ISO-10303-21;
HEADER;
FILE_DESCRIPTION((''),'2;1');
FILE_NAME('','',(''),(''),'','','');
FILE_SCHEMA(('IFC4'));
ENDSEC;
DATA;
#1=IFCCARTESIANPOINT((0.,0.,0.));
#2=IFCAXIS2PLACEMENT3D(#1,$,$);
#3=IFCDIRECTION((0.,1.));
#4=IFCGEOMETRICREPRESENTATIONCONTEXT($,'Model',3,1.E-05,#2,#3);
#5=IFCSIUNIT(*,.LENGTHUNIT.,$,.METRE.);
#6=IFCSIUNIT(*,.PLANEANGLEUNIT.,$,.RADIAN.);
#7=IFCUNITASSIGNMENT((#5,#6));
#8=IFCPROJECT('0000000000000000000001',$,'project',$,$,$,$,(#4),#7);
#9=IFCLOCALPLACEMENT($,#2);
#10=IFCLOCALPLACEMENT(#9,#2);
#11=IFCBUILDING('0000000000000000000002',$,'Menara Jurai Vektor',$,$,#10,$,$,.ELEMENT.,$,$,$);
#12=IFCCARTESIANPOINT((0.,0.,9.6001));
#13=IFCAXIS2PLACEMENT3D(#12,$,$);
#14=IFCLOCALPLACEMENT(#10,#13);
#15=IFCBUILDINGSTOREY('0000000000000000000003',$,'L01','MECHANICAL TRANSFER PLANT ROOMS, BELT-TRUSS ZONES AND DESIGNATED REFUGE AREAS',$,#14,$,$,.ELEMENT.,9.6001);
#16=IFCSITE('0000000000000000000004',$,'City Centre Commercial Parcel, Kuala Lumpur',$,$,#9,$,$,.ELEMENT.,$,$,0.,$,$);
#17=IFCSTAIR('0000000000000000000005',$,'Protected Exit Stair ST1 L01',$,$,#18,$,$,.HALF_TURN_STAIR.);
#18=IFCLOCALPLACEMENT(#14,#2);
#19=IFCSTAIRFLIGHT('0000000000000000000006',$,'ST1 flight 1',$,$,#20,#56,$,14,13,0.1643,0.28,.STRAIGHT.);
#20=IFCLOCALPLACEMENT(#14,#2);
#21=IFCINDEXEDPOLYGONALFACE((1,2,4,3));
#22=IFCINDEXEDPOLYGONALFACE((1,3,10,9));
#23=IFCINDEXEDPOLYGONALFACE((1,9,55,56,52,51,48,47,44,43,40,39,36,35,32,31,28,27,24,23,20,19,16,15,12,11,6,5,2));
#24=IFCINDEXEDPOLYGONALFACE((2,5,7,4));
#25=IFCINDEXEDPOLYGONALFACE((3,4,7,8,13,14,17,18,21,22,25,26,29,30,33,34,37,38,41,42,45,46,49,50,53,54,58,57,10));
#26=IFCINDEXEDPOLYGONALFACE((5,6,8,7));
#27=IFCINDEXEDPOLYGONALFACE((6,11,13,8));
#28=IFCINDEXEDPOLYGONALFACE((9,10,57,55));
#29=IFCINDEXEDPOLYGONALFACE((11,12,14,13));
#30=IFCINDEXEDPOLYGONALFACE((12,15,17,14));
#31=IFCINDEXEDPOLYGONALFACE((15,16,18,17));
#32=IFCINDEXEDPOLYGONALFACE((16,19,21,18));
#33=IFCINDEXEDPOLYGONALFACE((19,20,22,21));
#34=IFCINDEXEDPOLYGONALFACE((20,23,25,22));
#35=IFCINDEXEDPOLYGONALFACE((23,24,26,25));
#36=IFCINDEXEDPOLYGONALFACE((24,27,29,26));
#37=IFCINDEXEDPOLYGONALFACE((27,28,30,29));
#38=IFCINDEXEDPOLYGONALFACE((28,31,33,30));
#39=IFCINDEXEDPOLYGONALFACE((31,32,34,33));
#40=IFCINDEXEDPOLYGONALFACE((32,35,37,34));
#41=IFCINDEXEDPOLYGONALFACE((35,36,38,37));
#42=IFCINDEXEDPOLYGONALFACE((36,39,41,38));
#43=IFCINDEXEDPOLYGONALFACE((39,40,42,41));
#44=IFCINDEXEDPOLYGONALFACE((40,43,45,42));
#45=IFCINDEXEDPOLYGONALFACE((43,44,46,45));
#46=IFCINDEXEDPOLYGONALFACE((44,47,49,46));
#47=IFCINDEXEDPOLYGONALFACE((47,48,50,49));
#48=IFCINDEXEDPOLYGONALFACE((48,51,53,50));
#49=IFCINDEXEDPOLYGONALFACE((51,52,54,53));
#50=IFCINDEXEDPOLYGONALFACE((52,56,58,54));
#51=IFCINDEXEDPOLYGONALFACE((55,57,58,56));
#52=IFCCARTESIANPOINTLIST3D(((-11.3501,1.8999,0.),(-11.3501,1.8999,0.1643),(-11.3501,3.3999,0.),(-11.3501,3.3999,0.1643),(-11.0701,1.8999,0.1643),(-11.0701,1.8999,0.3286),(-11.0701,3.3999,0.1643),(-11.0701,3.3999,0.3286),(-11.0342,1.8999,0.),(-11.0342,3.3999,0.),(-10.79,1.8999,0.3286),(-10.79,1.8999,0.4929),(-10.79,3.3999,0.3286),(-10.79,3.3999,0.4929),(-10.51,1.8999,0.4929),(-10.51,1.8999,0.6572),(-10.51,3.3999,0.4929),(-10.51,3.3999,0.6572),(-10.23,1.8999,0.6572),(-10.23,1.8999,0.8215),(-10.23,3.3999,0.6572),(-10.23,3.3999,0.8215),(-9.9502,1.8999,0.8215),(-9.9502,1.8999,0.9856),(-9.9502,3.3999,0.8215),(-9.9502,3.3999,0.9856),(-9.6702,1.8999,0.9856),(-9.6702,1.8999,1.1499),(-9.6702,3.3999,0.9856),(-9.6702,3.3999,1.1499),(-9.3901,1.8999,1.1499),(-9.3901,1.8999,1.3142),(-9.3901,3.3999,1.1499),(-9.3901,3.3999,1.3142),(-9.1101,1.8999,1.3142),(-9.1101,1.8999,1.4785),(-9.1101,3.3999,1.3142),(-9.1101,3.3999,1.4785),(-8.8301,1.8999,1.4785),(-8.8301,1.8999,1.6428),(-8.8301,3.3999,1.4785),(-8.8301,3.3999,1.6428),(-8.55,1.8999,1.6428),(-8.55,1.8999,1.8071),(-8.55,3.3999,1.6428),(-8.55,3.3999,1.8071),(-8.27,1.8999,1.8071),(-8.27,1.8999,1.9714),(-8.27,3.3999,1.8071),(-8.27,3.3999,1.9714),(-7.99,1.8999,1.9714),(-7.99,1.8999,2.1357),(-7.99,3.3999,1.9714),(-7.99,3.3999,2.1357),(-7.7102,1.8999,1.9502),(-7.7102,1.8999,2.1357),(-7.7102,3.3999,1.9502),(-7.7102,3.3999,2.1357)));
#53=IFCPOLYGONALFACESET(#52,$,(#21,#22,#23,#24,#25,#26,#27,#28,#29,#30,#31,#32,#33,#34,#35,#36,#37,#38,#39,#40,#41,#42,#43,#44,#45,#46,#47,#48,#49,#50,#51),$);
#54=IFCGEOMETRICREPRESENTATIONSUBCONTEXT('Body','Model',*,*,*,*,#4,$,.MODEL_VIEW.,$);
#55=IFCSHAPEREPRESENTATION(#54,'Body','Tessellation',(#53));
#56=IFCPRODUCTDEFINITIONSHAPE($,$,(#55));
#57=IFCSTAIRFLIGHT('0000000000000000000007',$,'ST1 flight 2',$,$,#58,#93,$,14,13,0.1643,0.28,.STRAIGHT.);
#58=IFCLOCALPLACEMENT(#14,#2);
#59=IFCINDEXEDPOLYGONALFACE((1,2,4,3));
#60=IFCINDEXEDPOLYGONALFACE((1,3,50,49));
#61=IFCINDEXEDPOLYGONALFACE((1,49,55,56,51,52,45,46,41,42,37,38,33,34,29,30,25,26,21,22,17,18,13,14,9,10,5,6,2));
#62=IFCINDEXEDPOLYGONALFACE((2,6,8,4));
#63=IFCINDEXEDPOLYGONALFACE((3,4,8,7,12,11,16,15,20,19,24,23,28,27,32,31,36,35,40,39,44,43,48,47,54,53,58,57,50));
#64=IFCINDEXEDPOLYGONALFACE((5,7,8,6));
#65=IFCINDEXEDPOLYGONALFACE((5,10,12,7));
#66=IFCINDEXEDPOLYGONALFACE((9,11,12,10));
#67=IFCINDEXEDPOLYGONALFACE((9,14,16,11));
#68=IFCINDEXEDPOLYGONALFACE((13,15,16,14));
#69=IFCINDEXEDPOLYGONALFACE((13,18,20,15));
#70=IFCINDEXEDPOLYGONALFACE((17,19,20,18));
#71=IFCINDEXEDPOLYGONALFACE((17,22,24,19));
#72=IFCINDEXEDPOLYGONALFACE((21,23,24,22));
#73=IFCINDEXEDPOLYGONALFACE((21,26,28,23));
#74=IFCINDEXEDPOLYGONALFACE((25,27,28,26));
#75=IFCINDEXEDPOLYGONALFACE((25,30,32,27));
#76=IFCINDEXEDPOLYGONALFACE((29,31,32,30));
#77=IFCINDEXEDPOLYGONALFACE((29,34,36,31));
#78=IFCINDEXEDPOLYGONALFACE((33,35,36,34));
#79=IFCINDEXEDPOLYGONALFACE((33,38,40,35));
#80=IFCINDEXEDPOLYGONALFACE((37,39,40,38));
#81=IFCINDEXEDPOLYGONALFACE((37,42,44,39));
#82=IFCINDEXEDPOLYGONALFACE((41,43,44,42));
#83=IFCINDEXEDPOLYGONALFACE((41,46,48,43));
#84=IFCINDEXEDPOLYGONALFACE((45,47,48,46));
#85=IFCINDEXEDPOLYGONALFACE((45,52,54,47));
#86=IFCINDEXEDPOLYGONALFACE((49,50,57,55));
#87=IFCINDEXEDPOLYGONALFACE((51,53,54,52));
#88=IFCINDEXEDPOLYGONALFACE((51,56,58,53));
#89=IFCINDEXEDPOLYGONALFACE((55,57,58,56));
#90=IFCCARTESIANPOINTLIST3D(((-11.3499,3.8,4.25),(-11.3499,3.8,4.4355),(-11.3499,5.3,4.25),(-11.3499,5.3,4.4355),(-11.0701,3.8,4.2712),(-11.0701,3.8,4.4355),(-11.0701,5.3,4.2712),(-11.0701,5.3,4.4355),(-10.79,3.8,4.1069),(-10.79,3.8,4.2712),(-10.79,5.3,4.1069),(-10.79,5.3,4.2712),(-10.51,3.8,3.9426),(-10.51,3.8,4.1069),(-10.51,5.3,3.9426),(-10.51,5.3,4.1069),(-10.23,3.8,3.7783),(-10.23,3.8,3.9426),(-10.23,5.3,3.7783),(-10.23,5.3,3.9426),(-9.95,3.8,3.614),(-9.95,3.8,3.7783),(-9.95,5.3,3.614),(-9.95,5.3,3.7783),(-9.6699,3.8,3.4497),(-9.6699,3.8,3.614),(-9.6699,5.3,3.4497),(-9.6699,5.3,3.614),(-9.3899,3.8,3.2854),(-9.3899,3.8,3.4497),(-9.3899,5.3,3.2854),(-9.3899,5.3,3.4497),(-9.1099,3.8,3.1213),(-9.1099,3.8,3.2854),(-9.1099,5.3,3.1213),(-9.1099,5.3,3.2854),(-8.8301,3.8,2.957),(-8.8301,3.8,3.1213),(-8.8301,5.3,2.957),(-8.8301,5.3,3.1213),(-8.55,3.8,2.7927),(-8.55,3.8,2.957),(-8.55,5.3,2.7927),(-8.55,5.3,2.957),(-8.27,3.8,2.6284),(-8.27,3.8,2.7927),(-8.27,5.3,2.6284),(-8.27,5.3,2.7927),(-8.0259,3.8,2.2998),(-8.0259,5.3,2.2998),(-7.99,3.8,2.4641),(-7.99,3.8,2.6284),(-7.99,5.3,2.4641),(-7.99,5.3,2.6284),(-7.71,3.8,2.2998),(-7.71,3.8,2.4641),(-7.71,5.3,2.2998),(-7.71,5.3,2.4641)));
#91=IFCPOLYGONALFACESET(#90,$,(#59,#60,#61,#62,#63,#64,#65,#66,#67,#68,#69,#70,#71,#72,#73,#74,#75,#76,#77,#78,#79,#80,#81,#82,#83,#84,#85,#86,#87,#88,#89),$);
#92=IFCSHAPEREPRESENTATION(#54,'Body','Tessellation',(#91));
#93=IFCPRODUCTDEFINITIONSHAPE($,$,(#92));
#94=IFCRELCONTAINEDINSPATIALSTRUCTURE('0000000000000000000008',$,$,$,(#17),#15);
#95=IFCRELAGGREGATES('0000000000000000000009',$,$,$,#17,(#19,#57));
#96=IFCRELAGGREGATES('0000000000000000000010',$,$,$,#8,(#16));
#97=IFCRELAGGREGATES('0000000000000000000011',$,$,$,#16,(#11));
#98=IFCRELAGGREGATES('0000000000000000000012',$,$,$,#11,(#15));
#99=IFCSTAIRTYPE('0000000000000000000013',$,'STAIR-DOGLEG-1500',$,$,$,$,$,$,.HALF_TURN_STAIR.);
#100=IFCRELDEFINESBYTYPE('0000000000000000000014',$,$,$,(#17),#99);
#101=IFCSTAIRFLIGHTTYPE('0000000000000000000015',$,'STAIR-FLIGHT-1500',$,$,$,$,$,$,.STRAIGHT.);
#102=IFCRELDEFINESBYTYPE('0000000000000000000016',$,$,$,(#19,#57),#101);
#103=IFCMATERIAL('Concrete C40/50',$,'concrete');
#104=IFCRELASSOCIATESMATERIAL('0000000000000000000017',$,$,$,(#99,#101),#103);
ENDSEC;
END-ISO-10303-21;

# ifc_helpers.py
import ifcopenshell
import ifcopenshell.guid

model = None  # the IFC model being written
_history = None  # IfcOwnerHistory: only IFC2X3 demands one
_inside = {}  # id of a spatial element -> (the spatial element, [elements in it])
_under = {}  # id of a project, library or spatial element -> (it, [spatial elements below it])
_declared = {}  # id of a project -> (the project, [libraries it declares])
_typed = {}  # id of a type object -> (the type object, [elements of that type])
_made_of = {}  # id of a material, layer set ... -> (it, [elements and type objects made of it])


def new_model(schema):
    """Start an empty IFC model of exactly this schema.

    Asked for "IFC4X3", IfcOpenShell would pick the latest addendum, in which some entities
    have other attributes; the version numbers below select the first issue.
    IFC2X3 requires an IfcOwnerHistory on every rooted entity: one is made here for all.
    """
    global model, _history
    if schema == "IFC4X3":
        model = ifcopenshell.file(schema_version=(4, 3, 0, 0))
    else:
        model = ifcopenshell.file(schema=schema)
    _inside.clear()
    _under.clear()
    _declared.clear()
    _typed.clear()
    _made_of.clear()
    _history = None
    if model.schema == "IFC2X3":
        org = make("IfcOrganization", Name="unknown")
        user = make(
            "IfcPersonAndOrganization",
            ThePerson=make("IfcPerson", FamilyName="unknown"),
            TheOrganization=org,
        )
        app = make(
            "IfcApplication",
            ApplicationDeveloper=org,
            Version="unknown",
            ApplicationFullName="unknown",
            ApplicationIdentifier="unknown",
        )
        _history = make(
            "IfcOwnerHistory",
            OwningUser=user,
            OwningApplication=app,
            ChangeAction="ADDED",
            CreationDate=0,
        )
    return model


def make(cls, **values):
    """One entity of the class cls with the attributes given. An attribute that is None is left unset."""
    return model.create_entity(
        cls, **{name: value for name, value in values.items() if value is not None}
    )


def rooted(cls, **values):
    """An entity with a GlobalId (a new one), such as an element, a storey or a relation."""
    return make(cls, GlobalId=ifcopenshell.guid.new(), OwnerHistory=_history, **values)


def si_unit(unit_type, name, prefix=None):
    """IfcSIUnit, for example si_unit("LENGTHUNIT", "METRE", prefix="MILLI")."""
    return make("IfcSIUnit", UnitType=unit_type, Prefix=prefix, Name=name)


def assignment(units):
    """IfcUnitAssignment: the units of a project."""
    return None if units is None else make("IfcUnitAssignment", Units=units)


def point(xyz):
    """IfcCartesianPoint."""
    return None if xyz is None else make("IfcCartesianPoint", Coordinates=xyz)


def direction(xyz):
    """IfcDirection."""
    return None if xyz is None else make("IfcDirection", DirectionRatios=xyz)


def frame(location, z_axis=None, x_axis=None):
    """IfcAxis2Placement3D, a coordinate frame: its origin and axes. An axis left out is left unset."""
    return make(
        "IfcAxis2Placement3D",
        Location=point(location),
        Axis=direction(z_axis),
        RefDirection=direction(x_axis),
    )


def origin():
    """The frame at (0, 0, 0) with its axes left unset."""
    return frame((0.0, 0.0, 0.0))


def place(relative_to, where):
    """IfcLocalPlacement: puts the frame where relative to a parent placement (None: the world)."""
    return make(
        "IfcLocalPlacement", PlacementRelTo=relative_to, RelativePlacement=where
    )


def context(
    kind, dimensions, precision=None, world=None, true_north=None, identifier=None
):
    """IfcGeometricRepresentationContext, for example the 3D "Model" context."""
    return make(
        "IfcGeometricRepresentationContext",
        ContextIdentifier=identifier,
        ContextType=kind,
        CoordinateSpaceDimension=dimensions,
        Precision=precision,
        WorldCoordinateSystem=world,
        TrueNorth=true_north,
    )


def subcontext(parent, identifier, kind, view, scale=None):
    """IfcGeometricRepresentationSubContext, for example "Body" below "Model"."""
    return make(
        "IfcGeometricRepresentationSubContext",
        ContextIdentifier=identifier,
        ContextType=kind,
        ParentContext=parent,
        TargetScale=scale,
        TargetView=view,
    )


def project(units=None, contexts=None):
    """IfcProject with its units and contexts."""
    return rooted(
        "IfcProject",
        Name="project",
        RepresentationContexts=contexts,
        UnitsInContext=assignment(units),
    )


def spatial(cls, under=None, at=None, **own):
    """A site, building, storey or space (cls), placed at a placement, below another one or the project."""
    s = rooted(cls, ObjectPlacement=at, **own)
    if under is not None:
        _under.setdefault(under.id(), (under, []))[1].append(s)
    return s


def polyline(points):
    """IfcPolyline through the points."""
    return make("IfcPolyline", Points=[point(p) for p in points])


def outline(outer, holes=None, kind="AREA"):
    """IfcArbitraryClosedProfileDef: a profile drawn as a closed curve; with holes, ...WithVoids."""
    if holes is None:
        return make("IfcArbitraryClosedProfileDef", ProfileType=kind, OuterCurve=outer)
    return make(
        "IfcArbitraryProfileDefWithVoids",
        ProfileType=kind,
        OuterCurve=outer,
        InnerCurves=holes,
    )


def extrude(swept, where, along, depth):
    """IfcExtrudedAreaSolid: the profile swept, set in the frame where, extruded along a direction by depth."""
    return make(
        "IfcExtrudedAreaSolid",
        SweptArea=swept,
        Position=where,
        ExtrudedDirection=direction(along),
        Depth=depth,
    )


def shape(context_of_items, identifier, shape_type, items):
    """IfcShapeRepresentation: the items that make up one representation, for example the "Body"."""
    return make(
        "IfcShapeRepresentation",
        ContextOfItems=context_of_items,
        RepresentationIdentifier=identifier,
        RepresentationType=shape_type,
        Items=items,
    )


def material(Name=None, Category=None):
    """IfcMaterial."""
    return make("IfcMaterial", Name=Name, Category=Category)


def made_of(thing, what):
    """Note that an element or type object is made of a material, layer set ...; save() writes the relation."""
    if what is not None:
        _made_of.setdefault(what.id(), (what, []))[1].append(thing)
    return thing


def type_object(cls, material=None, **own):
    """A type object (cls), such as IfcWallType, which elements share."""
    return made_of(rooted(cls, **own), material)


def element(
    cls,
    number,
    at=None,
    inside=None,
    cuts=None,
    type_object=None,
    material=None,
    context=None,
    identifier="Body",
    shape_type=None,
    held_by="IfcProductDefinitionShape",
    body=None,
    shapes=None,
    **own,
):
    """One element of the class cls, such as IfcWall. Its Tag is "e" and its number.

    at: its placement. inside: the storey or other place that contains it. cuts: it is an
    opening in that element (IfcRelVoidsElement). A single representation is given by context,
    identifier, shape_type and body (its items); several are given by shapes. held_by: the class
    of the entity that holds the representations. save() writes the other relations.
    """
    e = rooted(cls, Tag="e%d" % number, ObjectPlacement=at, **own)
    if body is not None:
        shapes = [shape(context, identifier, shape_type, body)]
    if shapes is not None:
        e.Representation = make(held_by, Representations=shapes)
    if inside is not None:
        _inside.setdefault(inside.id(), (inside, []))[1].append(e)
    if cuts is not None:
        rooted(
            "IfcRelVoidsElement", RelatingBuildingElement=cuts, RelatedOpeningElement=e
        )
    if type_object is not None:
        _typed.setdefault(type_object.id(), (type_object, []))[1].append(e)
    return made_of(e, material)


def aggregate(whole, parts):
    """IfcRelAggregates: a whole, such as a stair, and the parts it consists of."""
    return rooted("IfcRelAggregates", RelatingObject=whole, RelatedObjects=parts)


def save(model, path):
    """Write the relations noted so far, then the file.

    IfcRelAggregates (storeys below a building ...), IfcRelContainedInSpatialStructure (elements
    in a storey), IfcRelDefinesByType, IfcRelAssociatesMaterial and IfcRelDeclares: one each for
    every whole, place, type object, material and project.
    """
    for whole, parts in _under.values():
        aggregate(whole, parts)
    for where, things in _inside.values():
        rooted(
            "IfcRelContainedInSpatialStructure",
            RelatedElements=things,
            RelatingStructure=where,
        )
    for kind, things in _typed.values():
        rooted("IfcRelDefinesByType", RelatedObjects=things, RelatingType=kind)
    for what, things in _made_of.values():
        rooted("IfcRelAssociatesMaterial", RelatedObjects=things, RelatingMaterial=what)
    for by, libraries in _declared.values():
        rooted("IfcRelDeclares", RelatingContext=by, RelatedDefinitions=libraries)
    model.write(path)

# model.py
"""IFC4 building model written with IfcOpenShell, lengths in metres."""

from ifc_helpers import new_model, si_unit, direction, frame, origin, place, context, subcontext, project, spatial, polyline, outline, extrude, material, type_object, element, aggregate, save


model = new_model("IFC4")

# Units and contexts
model_context = context("Model", 3, precision=1e-05, world=origin(), true_north=direction((0.0, 1.0)))
body_context = subcontext(model_context, "Body", "Model", "MODEL_VIEW")
ifc_project = project(units=[si_unit("LENGTHUNIT", "METRE"), si_unit("PLANEANGLEUNIT", "RADIAN")], contexts=[model_context])

# Site, building, storey
site_placement = place(None, origin())
site = spatial("IfcSite", under=ifc_project, at=site_placement, Name="City Centre Commercial Parcel, Kuala Lumpur", CompositionType="ELEMENT", RefElevation=0.0)
building_placement = place(site_placement, origin())
building = spatial("IfcBuilding", under=site, at=building_placement, Name="Menara Jurai Vektor", CompositionType="ELEMENT")
storey_placement = place(building_placement, frame((0.0, 0.0, 9.6001)))
storey = spatial("IfcBuildingStorey", under=building, at=storey_placement, Name="L01", Description="MECHANICAL TRANSFER PLANT ROOMS, BELT-TRUSS ZONES AND DESIGNATED REFUGE AREAS", CompositionType="ELEMENT", Elevation=9.6001)

# Shared definitions
ifc_material_1 = material(Name="Concrete C40/50", Category="concrete")

# Stair, stair flights
stair_type = type_object("IfcStairType", Name="STAIR-DOGLEG-1500", PredefinedType="HALF_TURN_STAIR", material=ifc_material_1)
stair_placement = place(storey_placement, origin())
stair = element("IfcStair", 1, at=stair_placement, inside=storey, type_object=stair_type, Name="Protected Exit Stair ST1 L01", PredefinedType="HALF_TURN_STAIR")
stair_flight_type = type_object("IfcStairFlightType", Name="STAIR-FLIGHT-1500", PredefinedType="STRAIGHT", material=ifc_material_1)
stair_flight_1_placement = place(storey_placement, frame((-11.3501, 2.6499, 0.0), z_axis=(0.0, 0.0, 1.0), x_axis=(1.0, 0.0, 0.0)))
stair_flight_1 = element("IfcStairFlight", 2, at=stair_flight_1_placement, type_object=stair_flight_type, Name="ST1 flight 1", NumberOfRisers=14, NumberOfTreads=13, PredefinedType="STRAIGHT", RiserHeight=0.1643, TreadLength=0.28, context=body_context, shape_type="SweptSolid", body=[
    extrude(outline(polyline([(0.0, 0.0), (0.0, 0.1643), (0.28, 0.1643), (0.28, 0.3286), (0.5601, 0.3286), (0.5601, 0.4929), (0.8401, 0.4929), (0.8401, 0.6572), (1.1201, 0.6572), (1.1201, 0.8215), (1.3999, 0.8215), (1.3999, 0.9856), (1.6799, 0.9856), (1.6799, 1.1499), (1.96, 1.1499), (1.96, 1.3142), (2.24, 1.3142), (2.24, 1.4785), (2.52, 1.4785), (2.52, 1.6428), (2.8, 1.6428), (2.8, 1.8071), (3.0801, 1.8071), (3.0801, 1.9714), (3.3601, 1.9714), (3.3601, 2.1357), (3.6399, 2.1357), (3.6399, 2.3), (3.6399, 1.9502), (0.3159, 0.0), (0.0, 0.0)])), frame((0.0, 0.75, 0.0), z_axis=(0.0, -1.0, 0.0), x_axis=(1.0, 0.0, 0.0)), (0.0, 0.0, 1.0), 1.5),
])
stair_flight_2_placement = place(storey_placement, frame((-7.71, 4.55, 2.2998), z_axis=(0.0, 0.0, 1.0), x_axis=(-1.0, 0.0, 0.0)))
stair_flight_2 = element("IfcStairFlight", 3, at=stair_flight_2_placement, type_object=stair_flight_type, Name="ST1 flight 2", NumberOfRisers=14, NumberOfTreads=13, PredefinedType="STRAIGHT", RiserHeight=0.1643, TreadLength=0.28, context=body_context, shape_type="SweptSolid", body=[
    extrude(outline(polyline([(0.0, 0.0), (0.0, 0.1643), (0.28, 0.1643), (0.28, 0.3286), (0.5601, 0.3286), (0.5601, 0.4929), (0.8401, 0.4929), (0.8401, 0.6572), (1.1201, 0.6572), (1.1201, 0.8215), (1.3999, 0.8215), (1.3999, 0.9856), (1.6799, 0.9856), (1.6799, 1.1499), (1.96, 1.1499), (1.96, 1.3142), (2.24, 1.3142), (2.24, 1.4785), (2.52, 1.4785), (2.52, 1.6428), (2.8, 1.6428), (2.8, 1.8071), (3.0801, 1.8071), (3.0801, 1.9714), (3.3601, 1.9714), (3.3601, 2.1357), (3.6399, 2.1357), (3.6399, 2.3), (3.6399, 1.9502), (0.3159, 0.0), (0.0, 0.0)])), frame((0.0, 0.75, 0.0), z_axis=(0.0, -1.0, 0.0), x_axis=(1.0, 0.0, 0.0)), (0.0, 0.0, 1.0), 1.5),
])
aggregate(stair, [stair_flight_1, stair_flight_2])

save(model, "model.ifc")
